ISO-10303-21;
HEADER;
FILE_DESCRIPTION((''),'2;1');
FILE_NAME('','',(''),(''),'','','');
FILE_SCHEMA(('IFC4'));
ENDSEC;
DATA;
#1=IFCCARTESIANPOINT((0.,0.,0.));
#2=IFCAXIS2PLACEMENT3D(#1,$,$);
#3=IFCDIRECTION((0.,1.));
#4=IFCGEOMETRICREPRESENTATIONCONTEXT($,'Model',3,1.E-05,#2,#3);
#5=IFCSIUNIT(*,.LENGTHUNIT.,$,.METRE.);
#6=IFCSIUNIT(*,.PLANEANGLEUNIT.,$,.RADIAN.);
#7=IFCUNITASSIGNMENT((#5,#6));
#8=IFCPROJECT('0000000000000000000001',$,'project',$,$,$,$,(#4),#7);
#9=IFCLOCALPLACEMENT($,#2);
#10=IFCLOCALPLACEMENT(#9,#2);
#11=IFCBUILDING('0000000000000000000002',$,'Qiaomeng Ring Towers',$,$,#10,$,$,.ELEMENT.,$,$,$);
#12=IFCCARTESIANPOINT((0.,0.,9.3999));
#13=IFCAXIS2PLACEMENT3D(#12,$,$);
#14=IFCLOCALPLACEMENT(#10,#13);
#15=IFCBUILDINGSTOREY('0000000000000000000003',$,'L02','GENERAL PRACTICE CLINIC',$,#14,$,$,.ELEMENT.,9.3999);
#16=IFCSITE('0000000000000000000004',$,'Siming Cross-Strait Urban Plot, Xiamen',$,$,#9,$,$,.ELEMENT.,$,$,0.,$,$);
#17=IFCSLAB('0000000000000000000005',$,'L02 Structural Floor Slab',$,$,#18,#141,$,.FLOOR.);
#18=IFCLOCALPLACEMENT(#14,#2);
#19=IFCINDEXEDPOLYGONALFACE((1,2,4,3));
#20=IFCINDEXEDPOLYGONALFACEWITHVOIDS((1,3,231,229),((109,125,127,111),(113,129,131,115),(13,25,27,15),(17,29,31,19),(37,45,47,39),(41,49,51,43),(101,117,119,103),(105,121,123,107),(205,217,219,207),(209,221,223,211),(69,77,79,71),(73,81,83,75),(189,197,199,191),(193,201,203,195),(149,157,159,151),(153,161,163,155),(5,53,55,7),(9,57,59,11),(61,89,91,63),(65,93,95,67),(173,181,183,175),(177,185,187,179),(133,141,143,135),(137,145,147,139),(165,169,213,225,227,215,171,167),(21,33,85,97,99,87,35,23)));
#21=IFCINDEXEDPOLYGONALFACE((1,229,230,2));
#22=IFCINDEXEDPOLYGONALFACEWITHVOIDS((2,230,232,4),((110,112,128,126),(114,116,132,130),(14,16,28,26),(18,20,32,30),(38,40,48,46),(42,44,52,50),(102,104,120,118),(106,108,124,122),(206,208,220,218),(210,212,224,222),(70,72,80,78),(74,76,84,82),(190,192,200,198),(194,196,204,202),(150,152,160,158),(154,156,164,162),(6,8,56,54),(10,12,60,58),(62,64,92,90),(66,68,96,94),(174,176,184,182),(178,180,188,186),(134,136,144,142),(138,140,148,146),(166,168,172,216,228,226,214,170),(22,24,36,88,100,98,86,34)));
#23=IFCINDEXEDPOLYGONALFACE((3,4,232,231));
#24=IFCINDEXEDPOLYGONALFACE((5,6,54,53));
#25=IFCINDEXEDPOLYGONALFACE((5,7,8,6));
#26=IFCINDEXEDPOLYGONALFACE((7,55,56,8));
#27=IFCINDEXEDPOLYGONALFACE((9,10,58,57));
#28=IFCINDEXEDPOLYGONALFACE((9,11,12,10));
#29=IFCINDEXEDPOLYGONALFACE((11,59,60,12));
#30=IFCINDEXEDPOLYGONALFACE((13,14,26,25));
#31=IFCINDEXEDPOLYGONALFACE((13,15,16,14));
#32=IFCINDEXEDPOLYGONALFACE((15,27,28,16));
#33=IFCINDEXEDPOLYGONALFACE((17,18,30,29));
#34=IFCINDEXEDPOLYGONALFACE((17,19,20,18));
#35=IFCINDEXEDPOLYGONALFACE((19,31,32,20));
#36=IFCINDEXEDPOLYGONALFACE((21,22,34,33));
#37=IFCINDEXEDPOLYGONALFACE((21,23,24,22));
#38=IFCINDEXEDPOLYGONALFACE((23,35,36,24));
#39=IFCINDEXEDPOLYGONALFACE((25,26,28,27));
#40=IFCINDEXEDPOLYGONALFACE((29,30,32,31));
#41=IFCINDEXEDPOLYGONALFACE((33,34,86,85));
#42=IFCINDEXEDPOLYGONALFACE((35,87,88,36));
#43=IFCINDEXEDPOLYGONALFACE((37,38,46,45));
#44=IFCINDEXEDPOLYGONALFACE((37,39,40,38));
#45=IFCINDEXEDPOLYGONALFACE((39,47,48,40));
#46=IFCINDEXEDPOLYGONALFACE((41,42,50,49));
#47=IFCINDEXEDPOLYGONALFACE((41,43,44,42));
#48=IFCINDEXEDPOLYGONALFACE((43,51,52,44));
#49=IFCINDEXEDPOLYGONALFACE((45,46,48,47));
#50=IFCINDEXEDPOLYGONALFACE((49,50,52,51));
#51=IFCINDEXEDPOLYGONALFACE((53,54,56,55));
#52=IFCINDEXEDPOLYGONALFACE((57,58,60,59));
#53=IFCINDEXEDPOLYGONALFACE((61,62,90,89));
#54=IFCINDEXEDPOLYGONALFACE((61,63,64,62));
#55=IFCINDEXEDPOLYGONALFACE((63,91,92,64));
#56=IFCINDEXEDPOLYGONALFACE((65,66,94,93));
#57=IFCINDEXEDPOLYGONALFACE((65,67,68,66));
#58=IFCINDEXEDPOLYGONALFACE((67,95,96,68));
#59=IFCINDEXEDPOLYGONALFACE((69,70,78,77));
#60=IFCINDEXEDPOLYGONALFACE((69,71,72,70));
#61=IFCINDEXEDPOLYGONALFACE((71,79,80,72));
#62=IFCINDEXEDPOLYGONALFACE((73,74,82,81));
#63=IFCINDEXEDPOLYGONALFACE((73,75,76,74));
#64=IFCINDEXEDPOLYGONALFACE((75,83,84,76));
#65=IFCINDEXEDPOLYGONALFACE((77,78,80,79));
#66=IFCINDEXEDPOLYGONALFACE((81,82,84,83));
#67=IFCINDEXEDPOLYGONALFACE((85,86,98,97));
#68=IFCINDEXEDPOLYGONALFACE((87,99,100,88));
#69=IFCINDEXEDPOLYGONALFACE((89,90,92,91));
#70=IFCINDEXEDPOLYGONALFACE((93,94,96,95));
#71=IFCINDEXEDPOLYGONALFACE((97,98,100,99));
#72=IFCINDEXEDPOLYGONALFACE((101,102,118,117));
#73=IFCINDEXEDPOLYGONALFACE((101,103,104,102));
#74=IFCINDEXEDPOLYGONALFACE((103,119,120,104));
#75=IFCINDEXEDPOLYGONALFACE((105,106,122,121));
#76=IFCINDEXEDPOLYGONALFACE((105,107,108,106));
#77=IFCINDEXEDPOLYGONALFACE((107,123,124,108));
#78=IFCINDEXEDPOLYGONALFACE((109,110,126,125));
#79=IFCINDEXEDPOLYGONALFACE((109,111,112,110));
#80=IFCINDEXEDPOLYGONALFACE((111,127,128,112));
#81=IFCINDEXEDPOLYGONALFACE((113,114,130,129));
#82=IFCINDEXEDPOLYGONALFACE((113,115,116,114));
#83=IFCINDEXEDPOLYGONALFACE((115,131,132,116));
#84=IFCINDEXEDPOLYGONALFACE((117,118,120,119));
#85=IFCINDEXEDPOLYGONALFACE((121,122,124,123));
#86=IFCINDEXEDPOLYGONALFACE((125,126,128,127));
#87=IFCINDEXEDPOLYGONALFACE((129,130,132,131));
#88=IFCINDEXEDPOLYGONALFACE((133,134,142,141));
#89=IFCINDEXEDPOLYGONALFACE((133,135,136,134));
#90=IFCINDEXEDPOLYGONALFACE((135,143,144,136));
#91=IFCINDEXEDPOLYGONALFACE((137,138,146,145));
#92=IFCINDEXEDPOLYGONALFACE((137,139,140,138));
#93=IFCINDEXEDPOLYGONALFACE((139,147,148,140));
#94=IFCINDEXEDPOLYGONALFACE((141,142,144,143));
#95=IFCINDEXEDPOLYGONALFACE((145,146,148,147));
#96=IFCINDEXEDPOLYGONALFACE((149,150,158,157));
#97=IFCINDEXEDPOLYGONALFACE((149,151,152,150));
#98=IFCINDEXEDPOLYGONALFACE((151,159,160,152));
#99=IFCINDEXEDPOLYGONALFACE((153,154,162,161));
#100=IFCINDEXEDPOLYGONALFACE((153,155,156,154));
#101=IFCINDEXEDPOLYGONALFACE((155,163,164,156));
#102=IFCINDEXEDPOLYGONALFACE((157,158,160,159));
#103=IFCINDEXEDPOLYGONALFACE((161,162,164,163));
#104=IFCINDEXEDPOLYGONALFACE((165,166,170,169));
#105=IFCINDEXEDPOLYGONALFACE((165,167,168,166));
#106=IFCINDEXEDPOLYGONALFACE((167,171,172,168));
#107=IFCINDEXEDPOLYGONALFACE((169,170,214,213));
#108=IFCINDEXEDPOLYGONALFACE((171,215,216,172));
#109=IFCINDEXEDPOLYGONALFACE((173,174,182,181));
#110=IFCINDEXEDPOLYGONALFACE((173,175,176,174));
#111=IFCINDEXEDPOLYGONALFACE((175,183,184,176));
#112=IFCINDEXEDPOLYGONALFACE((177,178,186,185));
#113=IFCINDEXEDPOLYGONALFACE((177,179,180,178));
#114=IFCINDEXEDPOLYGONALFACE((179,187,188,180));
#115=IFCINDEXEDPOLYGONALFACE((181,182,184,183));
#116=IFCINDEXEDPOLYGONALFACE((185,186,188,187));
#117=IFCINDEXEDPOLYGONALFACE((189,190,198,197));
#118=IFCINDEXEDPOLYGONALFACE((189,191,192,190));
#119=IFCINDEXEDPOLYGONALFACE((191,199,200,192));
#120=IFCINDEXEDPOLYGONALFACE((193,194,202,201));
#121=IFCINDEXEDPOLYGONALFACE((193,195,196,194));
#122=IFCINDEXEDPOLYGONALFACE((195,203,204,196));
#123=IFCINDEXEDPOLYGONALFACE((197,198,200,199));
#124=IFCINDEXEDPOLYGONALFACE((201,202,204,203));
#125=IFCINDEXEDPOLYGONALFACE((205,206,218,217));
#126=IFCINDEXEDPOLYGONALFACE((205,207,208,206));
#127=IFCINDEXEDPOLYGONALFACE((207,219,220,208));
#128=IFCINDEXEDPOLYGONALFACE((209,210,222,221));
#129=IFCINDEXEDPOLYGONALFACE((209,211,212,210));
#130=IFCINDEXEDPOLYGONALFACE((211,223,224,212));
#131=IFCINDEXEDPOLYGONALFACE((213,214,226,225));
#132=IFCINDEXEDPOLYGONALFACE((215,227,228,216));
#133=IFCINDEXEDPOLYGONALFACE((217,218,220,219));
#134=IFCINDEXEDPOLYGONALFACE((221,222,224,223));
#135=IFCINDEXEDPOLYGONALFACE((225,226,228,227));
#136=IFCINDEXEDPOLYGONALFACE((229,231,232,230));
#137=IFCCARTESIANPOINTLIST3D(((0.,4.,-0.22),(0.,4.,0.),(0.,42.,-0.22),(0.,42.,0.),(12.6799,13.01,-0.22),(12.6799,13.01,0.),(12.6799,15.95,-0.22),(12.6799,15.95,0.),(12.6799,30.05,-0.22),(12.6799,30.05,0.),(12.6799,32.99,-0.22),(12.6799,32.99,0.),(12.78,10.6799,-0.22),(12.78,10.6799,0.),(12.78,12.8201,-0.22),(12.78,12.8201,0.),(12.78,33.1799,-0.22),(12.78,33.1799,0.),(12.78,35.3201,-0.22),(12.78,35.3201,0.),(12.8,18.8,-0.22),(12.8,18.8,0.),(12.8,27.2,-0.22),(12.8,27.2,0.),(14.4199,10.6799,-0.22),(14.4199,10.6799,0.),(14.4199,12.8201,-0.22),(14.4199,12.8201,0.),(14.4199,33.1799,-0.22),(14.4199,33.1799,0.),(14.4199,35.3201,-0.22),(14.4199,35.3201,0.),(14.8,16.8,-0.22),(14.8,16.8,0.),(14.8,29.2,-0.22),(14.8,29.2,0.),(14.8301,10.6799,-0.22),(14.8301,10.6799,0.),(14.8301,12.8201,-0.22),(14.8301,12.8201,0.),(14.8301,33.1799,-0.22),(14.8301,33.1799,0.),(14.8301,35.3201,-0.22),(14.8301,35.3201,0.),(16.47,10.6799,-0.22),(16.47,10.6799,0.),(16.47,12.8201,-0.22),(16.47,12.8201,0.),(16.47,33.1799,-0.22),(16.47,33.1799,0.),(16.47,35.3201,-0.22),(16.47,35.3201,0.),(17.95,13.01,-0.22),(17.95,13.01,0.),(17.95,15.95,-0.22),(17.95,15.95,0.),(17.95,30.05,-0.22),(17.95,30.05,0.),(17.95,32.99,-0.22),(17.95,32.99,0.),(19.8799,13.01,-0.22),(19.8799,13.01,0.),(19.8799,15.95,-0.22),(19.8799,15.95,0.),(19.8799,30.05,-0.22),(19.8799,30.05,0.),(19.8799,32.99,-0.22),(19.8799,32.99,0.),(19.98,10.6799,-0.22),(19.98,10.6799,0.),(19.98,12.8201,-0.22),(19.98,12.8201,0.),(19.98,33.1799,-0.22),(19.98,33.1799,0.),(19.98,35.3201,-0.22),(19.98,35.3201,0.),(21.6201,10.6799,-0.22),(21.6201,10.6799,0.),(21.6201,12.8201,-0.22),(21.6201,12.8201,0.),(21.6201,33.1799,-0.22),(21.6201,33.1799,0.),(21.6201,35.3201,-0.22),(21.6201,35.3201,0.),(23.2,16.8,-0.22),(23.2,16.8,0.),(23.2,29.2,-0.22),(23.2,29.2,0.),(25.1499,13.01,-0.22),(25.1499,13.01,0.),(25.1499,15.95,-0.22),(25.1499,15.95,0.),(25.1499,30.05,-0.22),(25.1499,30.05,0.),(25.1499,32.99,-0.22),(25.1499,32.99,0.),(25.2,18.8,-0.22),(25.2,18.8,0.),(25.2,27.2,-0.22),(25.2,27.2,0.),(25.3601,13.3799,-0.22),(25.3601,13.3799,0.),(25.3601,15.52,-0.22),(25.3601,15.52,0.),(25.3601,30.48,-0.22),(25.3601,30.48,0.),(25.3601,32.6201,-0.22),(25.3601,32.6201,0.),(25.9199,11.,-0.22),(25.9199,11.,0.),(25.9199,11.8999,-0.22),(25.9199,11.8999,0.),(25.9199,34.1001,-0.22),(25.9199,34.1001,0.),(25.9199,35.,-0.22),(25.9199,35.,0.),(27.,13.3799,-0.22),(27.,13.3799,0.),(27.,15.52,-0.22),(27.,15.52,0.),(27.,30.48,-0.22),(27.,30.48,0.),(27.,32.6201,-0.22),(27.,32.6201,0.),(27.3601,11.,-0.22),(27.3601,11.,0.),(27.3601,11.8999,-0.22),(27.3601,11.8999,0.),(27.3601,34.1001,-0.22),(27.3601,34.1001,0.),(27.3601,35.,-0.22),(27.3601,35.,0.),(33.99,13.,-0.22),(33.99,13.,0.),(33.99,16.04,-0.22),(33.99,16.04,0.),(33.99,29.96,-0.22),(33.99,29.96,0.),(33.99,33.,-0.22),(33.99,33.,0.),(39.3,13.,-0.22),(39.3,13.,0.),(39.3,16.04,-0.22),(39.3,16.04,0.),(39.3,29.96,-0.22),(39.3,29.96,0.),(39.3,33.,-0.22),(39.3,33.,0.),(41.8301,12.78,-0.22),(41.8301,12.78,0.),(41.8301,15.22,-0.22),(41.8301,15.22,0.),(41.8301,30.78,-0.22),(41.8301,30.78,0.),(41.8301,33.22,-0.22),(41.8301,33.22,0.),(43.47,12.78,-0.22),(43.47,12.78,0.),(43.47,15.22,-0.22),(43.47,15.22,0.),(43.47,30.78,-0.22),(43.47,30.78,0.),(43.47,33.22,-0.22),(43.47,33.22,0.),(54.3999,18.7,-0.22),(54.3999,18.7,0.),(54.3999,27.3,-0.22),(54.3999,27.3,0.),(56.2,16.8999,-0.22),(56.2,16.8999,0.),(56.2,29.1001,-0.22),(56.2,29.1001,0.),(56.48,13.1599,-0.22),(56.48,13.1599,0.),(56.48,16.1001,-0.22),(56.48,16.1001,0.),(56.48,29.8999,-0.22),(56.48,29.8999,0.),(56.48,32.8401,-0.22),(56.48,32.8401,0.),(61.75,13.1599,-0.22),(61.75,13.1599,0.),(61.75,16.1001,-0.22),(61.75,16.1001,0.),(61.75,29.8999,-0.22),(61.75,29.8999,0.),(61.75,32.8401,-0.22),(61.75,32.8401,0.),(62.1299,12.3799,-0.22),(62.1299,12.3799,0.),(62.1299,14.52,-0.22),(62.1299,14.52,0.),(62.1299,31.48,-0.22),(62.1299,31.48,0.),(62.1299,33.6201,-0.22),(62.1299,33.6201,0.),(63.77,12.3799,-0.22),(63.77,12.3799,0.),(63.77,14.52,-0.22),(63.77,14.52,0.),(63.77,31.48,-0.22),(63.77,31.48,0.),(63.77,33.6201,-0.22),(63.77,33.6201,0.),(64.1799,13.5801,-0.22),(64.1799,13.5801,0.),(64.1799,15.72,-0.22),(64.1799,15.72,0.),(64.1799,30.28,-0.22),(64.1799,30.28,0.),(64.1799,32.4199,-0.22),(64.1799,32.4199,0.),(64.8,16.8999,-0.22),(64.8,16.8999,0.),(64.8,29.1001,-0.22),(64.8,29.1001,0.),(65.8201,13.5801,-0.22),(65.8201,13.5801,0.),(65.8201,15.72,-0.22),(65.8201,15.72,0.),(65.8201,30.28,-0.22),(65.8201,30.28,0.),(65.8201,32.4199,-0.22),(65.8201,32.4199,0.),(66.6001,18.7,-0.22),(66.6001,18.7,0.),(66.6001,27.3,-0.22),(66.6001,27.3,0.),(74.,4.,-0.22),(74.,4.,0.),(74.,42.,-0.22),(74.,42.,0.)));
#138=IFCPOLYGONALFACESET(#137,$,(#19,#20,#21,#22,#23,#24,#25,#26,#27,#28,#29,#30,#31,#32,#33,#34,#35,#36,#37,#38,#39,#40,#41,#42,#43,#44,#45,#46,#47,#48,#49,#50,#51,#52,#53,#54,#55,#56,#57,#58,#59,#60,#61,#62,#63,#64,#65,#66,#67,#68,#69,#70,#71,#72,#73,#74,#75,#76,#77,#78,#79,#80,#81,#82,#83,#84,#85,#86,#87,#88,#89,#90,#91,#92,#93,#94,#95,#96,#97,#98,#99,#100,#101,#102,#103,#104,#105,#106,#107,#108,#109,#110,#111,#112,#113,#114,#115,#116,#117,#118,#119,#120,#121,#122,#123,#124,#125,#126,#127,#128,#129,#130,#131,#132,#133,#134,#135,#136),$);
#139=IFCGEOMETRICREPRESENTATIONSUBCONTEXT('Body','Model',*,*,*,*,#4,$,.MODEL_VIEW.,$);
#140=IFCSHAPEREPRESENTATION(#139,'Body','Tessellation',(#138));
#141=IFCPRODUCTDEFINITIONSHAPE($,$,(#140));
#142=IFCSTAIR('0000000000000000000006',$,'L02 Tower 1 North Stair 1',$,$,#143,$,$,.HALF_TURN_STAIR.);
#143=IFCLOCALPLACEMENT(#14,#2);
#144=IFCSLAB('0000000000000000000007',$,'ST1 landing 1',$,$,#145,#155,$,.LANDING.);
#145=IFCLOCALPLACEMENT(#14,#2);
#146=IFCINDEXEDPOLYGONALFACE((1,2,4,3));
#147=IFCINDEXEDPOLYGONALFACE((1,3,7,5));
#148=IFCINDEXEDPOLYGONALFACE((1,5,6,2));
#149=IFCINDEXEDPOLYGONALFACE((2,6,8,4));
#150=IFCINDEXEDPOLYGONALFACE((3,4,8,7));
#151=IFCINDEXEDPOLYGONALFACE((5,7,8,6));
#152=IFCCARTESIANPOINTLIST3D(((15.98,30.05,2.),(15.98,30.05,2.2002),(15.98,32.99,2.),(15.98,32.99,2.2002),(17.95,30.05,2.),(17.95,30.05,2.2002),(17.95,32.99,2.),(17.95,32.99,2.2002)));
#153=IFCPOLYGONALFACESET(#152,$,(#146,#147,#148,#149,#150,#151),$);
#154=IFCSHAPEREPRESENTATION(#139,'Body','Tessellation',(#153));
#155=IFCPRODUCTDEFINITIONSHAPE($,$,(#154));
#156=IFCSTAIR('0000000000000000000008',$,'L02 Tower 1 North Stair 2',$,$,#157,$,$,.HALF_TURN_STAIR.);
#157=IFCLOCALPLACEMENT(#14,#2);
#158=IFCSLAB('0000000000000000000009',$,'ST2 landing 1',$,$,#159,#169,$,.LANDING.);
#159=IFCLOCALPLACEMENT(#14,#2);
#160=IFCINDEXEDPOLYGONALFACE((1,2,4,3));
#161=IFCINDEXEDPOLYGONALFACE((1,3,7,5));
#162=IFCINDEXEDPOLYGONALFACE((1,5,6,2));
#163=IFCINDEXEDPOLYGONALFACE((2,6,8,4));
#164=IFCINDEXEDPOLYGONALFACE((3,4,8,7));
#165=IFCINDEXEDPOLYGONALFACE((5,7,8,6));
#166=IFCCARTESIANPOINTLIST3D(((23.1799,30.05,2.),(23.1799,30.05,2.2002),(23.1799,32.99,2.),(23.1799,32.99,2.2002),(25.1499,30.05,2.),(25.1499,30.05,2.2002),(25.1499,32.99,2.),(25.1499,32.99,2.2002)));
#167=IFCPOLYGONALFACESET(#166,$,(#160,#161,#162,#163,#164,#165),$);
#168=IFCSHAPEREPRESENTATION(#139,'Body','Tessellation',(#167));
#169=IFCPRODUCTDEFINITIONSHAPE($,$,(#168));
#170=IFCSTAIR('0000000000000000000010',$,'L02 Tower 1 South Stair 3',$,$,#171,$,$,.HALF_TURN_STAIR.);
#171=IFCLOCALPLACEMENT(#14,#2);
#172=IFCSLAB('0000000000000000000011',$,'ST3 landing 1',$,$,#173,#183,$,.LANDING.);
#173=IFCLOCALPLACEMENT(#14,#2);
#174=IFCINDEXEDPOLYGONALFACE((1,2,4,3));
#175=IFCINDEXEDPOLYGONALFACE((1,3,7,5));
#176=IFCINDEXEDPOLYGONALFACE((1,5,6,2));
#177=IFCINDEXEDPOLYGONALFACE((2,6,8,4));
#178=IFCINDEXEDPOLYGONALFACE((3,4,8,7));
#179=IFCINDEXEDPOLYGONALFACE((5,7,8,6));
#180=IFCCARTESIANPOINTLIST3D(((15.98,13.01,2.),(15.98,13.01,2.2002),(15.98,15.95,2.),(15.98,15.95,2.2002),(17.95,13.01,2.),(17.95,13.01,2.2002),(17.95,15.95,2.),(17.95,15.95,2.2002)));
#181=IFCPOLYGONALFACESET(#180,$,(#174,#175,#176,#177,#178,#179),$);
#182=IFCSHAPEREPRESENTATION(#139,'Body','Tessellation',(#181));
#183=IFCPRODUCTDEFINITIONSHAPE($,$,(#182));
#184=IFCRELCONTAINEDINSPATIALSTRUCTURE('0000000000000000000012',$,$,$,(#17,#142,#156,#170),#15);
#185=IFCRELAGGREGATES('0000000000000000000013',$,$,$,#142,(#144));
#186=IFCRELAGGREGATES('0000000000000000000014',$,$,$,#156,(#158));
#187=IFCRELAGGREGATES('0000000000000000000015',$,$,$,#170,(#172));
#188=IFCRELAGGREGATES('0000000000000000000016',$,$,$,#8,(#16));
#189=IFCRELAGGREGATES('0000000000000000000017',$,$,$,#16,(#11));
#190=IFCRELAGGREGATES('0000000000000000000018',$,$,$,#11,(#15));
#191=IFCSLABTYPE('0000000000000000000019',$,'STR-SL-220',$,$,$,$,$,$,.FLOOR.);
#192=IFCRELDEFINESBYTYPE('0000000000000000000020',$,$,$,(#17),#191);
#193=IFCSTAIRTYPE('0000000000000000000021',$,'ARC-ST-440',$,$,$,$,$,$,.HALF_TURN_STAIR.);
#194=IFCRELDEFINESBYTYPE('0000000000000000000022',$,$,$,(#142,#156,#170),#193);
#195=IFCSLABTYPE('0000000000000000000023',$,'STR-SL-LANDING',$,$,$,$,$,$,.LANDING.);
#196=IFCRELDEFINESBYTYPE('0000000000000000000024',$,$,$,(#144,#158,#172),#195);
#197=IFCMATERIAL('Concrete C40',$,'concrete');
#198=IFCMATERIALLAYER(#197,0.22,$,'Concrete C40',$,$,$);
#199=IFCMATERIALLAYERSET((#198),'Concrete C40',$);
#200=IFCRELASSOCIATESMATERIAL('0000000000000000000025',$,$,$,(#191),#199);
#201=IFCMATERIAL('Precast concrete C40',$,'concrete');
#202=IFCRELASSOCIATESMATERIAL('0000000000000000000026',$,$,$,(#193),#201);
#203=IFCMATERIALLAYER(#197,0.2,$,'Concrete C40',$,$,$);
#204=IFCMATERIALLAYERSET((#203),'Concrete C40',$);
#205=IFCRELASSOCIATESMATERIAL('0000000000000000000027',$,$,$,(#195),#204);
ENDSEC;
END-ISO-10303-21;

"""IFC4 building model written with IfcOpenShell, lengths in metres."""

from ifc_helpers import new_model, si_unit, direction, frame, origin, place, context, subcontext, project, spatial, polyline, outline, extrude, material, layer, layer_set, type_object, element, aggregate, save


model = new_model("IFC4")

# Units and contexts
model_context = context("Model", 3, precision=1e-05, world=origin(), true_north=direction((0.0, 1.0)))
body_context = subcontext(model_context, "Body", "Model", "MODEL_VIEW")
ifc_project = project(units=[si_unit("LENGTHUNIT", "METRE"), si_unit("PLANEANGLEUNIT", "RADIAN")], contexts=[model_context])

# Site, building, storey
site_placement = place(None, origin())
site = spatial("IfcSite", under=ifc_project, at=site_placement, Name="Siming Cross-Strait Urban Plot, Xiamen", CompositionType="ELEMENT", RefElevation=0.0)
building_placement = place(site_placement, origin())
building = spatial("IfcBuilding", under=site, at=building_placement, Name="Qiaomeng Ring Towers", CompositionType="ELEMENT")
storey_placement = place(building_placement, frame((0.0, 0.0, 9.3999)))
storey = spatial("IfcBuildingStorey", under=building, at=storey_placement, Name="L02", Description="GENERAL PRACTICE CLINIC", CompositionType="ELEMENT", Elevation=9.3999)

# Slab
ifc_material_1 = material(Name="Concrete C40", Category="concrete")
ifc_layer_1 = layer(ifc_material_1, 0.22, Name="Concrete C40")
ifc_layer_set_1 = layer_set([ifc_layer_1], Name="Concrete C40")
slab_type_1 = type_object("IfcSlabType", Name="STR-SL-220", PredefinedType="FLOOR", material=ifc_layer_set_1)
slab_1_placement = place(storey_placement, frame((0.0, 0.0, -0.22)))
element("IfcSlab", 1, at=slab_1_placement, inside=storey, type_object=slab_type_1, Name="L02 Structural Floor Slab", PredefinedType="FLOOR", context=body_context, shape_type="SweptSolid", body=[
    extrude(outline(polyline([(0.0, 4.0), (74.0, 4.0), (74.0, 42.0), (0.0, 42.0), (0.0, 4.0)]), holes=[polyline([(12.78, 12.8201), (14.4199, 12.8201), (14.4199, 10.6799), (12.78, 10.6799), (12.78, 12.8201)]), polyline([(16.47, 12.8201), (16.47, 10.6799), (14.8301, 10.6799), (14.8301, 12.8201), (16.47, 12.8201)]), polyline([(21.6201, 12.8201), (21.6201, 10.6799), (19.98, 10.6799), (19.98, 12.8201), (21.6201, 12.8201)]), polyline([(27.0, 15.52), (27.0, 13.3799), (25.3601, 13.3799), (25.3601, 15.52), (27.0, 15.52)]), polyline([(17.95, 15.95), (17.95, 13.01), (12.6799, 13.01), (12.6799, 15.95), (17.95, 15.95)]), polyline([(25.1499, 15.95), (25.1499, 13.01), (19.8799, 13.01), (19.8799, 15.95), (25.1499, 15.95)]), polyline([(25.2, 18.8), (23.2, 16.8), (14.8, 16.8), (12.8, 18.8), (12.8, 27.2), (14.8, 29.2), (23.2, 29.2), (25.2, 27.2), (25.2, 18.8)]), polyline([(12.6799, 32.99), (17.95, 32.99), (17.95, 30.05), (12.6799, 30.05), (12.6799, 32.99)]), polyline([(25.1499, 32.99), (25.1499, 30.05), (19.8799, 30.05), (19.8799, 32.99), (25.1499, 32.99)]), polyline([(27.0, 32.6201), (27.0, 30.48), (25.3601, 30.48), (25.3601, 32.6201), (27.0, 32.6201)]), polyline([(14.4199, 35.3201), (14.4199, 33.1799), (12.78, 33.1799), (12.78, 35.3201), (14.4199, 35.3201)]), polyline([(16.47, 35.3201), (16.47, 33.1799), (14.8301, 33.1799), (14.8301, 35.3201), (16.47, 35.3201)]), polyline([(21.6201, 35.3201), (21.6201, 33.1799), (19.98, 33.1799), (19.98, 35.3201), (21.6201, 35.3201)]), polyline([(27.3601, 35.0), (27.3601, 34.1001), (25.9199, 34.1001), (25.9199, 35.0), (27.3601, 35.0)]), polyline([(25.9199, 11.8999), (27.3601, 11.8999), (27.3601, 11.0), (25.9199, 11.0), (25.9199, 11.8999)]), polyline([(63.77, 14.52), (63.77, 12.3799), (62.1299, 12.3799), (62.1299, 14.52), (63.77, 14.52)]), polyline([(43.47, 15.22), (43.47, 12.78), (41.8301, 12.78), (41.8301, 15.22), (43.47, 15.22)]), polyline([(39.3, 16.04), (39.3, 13.0), (33.99, 13.0), (33.99, 16.04), (39.3, 16.04)]), polyline([(61.75, 16.1001), (61.75, 13.1599), (56.48, 13.1599), (56.48, 16.1001), (61.75, 16.1001)]), polyline([(65.8201, 15.72), (65.8201, 13.5801), (64.1799, 13.5801), (64.1799, 15.72), (65.8201, 15.72)]), polyline([(66.6001, 27.3), (66.6001, 18.7), (64.8, 16.8999), (56.2, 16.8999), (54.3999, 18.7), (54.3999, 27.3), (56.2, 29.1001), (64.8, 29.1001), (66.6001, 27.3)]), polyline([(65.8201, 32.4199), (65.8201, 30.28), (64.1799, 30.28), (64.1799, 32.4199), (65.8201, 32.4199)]), polyline([(61.75, 32.8401), (61.75, 29.8999), (56.48, 29.8999), (56.48, 32.8401), (61.75, 32.8401)]), polyline([(39.3, 33.0), (39.3, 29.96), (33.99, 29.96), (33.99, 33.0), (39.3, 33.0)]), polyline([(43.47, 33.22), (43.47, 30.78), (41.8301, 30.78), (41.8301, 33.22), (43.47, 33.22)]), polyline([(63.77, 33.6201), (63.77, 31.48), (62.1299, 31.48), (62.1299, 33.6201), (63.77, 33.6201)])]), origin(), (0.0, 0.0, 1.0), 0.22),
])

# Stairs, slabs
ifc_material_2 = material(Name="Precast concrete C40", Category="concrete")
stair_type_1 = type_object("IfcStairType", Name="ARC-ST-440", PredefinedType="HALF_TURN_STAIR", material=ifc_material_2)
stair_1_placement = place(storey_placement, origin())
stair_1 = element("IfcStair", 2, at=stair_1_placement, inside=storey, type_object=stair_type_1, Name="L02 Tower 1 North Stair 1", PredefinedType="HALF_TURN_STAIR")
ifc_layer_2 = layer(ifc_material_1, 0.2, Name="Concrete C40")
ifc_layer_set_2 = layer_set([ifc_layer_2], Name="Concrete C40")
slab_type_2 = type_object("IfcSlabType", Name="STR-SL-LANDING", PredefinedType="LANDING", material=ifc_layer_set_2)
slab_2_placement = place(storey_placement, frame((0.0, 0.0, 2.0)))
slab_2 = element("IfcSlab", 3, at=slab_2_placement, type_object=slab_type_2, Name="ST1 landing 1", PredefinedType="LANDING", context=body_context, shape_type="SweptSolid", body=[
    extrude(outline(polyline([(15.98, 30.05), (17.95, 30.05), (17.95, 32.99), (15.98, 32.99), (15.98, 30.05)])), origin(), (0.0, 0.0, 1.0), 0.2002),
])
aggregate(stair_1, [slab_2])
stair_2_placement = place(storey_placement, origin())
stair_2 = element("IfcStair", 4, at=stair_2_placement, inside=storey, type_object=stair_type_1, Name="L02 Tower 1 North Stair 2", PredefinedType="HALF_TURN_STAIR")
slab_3_placement = place(storey_placement, frame((0.0, 0.0, 2.0)))
slab_3 = element("IfcSlab", 5, at=slab_3_placement, type_object=slab_type_2, Name="ST2 landing 1", PredefinedType="LANDING", context=body_context, shape_type="SweptSolid", body=[
    extrude(outline(polyline([(23.1799, 30.05), (25.1499, 30.05), (25.1499, 32.99), (23.1799, 32.99), (23.1799, 30.05)])), origin(), (0.0, 0.0, 1.0), 0.2002),
])
aggregate(stair_2, [slab_3])
stair_3_placement = place(storey_placement, origin())
stair_3 = element("IfcStair", 6, at=stair_3_placement, inside=storey, type_object=stair_type_1, Name="L02 Tower 1 South Stair 3", PredefinedType="HALF_TURN_STAIR")
slab_4_placement = place(storey_placement, frame((0.0, 0.0, 2.0)))
slab_4 = element("IfcSlab", 7, at=slab_4_placement, type_object=slab_type_2, Name="ST3 landing 1", PredefinedType="LANDING", context=body_context, shape_type="SweptSolid", body=[
    extrude(outline(polyline([(15.98, 13.01), (17.95, 13.01), (17.95, 15.95), (15.98, 15.95), (15.98, 13.01)])), origin(), (0.0, 0.0, 1.0), 0.2002),
])
aggregate(stair_3, [slab_4])

save(model, "model.ifc")
